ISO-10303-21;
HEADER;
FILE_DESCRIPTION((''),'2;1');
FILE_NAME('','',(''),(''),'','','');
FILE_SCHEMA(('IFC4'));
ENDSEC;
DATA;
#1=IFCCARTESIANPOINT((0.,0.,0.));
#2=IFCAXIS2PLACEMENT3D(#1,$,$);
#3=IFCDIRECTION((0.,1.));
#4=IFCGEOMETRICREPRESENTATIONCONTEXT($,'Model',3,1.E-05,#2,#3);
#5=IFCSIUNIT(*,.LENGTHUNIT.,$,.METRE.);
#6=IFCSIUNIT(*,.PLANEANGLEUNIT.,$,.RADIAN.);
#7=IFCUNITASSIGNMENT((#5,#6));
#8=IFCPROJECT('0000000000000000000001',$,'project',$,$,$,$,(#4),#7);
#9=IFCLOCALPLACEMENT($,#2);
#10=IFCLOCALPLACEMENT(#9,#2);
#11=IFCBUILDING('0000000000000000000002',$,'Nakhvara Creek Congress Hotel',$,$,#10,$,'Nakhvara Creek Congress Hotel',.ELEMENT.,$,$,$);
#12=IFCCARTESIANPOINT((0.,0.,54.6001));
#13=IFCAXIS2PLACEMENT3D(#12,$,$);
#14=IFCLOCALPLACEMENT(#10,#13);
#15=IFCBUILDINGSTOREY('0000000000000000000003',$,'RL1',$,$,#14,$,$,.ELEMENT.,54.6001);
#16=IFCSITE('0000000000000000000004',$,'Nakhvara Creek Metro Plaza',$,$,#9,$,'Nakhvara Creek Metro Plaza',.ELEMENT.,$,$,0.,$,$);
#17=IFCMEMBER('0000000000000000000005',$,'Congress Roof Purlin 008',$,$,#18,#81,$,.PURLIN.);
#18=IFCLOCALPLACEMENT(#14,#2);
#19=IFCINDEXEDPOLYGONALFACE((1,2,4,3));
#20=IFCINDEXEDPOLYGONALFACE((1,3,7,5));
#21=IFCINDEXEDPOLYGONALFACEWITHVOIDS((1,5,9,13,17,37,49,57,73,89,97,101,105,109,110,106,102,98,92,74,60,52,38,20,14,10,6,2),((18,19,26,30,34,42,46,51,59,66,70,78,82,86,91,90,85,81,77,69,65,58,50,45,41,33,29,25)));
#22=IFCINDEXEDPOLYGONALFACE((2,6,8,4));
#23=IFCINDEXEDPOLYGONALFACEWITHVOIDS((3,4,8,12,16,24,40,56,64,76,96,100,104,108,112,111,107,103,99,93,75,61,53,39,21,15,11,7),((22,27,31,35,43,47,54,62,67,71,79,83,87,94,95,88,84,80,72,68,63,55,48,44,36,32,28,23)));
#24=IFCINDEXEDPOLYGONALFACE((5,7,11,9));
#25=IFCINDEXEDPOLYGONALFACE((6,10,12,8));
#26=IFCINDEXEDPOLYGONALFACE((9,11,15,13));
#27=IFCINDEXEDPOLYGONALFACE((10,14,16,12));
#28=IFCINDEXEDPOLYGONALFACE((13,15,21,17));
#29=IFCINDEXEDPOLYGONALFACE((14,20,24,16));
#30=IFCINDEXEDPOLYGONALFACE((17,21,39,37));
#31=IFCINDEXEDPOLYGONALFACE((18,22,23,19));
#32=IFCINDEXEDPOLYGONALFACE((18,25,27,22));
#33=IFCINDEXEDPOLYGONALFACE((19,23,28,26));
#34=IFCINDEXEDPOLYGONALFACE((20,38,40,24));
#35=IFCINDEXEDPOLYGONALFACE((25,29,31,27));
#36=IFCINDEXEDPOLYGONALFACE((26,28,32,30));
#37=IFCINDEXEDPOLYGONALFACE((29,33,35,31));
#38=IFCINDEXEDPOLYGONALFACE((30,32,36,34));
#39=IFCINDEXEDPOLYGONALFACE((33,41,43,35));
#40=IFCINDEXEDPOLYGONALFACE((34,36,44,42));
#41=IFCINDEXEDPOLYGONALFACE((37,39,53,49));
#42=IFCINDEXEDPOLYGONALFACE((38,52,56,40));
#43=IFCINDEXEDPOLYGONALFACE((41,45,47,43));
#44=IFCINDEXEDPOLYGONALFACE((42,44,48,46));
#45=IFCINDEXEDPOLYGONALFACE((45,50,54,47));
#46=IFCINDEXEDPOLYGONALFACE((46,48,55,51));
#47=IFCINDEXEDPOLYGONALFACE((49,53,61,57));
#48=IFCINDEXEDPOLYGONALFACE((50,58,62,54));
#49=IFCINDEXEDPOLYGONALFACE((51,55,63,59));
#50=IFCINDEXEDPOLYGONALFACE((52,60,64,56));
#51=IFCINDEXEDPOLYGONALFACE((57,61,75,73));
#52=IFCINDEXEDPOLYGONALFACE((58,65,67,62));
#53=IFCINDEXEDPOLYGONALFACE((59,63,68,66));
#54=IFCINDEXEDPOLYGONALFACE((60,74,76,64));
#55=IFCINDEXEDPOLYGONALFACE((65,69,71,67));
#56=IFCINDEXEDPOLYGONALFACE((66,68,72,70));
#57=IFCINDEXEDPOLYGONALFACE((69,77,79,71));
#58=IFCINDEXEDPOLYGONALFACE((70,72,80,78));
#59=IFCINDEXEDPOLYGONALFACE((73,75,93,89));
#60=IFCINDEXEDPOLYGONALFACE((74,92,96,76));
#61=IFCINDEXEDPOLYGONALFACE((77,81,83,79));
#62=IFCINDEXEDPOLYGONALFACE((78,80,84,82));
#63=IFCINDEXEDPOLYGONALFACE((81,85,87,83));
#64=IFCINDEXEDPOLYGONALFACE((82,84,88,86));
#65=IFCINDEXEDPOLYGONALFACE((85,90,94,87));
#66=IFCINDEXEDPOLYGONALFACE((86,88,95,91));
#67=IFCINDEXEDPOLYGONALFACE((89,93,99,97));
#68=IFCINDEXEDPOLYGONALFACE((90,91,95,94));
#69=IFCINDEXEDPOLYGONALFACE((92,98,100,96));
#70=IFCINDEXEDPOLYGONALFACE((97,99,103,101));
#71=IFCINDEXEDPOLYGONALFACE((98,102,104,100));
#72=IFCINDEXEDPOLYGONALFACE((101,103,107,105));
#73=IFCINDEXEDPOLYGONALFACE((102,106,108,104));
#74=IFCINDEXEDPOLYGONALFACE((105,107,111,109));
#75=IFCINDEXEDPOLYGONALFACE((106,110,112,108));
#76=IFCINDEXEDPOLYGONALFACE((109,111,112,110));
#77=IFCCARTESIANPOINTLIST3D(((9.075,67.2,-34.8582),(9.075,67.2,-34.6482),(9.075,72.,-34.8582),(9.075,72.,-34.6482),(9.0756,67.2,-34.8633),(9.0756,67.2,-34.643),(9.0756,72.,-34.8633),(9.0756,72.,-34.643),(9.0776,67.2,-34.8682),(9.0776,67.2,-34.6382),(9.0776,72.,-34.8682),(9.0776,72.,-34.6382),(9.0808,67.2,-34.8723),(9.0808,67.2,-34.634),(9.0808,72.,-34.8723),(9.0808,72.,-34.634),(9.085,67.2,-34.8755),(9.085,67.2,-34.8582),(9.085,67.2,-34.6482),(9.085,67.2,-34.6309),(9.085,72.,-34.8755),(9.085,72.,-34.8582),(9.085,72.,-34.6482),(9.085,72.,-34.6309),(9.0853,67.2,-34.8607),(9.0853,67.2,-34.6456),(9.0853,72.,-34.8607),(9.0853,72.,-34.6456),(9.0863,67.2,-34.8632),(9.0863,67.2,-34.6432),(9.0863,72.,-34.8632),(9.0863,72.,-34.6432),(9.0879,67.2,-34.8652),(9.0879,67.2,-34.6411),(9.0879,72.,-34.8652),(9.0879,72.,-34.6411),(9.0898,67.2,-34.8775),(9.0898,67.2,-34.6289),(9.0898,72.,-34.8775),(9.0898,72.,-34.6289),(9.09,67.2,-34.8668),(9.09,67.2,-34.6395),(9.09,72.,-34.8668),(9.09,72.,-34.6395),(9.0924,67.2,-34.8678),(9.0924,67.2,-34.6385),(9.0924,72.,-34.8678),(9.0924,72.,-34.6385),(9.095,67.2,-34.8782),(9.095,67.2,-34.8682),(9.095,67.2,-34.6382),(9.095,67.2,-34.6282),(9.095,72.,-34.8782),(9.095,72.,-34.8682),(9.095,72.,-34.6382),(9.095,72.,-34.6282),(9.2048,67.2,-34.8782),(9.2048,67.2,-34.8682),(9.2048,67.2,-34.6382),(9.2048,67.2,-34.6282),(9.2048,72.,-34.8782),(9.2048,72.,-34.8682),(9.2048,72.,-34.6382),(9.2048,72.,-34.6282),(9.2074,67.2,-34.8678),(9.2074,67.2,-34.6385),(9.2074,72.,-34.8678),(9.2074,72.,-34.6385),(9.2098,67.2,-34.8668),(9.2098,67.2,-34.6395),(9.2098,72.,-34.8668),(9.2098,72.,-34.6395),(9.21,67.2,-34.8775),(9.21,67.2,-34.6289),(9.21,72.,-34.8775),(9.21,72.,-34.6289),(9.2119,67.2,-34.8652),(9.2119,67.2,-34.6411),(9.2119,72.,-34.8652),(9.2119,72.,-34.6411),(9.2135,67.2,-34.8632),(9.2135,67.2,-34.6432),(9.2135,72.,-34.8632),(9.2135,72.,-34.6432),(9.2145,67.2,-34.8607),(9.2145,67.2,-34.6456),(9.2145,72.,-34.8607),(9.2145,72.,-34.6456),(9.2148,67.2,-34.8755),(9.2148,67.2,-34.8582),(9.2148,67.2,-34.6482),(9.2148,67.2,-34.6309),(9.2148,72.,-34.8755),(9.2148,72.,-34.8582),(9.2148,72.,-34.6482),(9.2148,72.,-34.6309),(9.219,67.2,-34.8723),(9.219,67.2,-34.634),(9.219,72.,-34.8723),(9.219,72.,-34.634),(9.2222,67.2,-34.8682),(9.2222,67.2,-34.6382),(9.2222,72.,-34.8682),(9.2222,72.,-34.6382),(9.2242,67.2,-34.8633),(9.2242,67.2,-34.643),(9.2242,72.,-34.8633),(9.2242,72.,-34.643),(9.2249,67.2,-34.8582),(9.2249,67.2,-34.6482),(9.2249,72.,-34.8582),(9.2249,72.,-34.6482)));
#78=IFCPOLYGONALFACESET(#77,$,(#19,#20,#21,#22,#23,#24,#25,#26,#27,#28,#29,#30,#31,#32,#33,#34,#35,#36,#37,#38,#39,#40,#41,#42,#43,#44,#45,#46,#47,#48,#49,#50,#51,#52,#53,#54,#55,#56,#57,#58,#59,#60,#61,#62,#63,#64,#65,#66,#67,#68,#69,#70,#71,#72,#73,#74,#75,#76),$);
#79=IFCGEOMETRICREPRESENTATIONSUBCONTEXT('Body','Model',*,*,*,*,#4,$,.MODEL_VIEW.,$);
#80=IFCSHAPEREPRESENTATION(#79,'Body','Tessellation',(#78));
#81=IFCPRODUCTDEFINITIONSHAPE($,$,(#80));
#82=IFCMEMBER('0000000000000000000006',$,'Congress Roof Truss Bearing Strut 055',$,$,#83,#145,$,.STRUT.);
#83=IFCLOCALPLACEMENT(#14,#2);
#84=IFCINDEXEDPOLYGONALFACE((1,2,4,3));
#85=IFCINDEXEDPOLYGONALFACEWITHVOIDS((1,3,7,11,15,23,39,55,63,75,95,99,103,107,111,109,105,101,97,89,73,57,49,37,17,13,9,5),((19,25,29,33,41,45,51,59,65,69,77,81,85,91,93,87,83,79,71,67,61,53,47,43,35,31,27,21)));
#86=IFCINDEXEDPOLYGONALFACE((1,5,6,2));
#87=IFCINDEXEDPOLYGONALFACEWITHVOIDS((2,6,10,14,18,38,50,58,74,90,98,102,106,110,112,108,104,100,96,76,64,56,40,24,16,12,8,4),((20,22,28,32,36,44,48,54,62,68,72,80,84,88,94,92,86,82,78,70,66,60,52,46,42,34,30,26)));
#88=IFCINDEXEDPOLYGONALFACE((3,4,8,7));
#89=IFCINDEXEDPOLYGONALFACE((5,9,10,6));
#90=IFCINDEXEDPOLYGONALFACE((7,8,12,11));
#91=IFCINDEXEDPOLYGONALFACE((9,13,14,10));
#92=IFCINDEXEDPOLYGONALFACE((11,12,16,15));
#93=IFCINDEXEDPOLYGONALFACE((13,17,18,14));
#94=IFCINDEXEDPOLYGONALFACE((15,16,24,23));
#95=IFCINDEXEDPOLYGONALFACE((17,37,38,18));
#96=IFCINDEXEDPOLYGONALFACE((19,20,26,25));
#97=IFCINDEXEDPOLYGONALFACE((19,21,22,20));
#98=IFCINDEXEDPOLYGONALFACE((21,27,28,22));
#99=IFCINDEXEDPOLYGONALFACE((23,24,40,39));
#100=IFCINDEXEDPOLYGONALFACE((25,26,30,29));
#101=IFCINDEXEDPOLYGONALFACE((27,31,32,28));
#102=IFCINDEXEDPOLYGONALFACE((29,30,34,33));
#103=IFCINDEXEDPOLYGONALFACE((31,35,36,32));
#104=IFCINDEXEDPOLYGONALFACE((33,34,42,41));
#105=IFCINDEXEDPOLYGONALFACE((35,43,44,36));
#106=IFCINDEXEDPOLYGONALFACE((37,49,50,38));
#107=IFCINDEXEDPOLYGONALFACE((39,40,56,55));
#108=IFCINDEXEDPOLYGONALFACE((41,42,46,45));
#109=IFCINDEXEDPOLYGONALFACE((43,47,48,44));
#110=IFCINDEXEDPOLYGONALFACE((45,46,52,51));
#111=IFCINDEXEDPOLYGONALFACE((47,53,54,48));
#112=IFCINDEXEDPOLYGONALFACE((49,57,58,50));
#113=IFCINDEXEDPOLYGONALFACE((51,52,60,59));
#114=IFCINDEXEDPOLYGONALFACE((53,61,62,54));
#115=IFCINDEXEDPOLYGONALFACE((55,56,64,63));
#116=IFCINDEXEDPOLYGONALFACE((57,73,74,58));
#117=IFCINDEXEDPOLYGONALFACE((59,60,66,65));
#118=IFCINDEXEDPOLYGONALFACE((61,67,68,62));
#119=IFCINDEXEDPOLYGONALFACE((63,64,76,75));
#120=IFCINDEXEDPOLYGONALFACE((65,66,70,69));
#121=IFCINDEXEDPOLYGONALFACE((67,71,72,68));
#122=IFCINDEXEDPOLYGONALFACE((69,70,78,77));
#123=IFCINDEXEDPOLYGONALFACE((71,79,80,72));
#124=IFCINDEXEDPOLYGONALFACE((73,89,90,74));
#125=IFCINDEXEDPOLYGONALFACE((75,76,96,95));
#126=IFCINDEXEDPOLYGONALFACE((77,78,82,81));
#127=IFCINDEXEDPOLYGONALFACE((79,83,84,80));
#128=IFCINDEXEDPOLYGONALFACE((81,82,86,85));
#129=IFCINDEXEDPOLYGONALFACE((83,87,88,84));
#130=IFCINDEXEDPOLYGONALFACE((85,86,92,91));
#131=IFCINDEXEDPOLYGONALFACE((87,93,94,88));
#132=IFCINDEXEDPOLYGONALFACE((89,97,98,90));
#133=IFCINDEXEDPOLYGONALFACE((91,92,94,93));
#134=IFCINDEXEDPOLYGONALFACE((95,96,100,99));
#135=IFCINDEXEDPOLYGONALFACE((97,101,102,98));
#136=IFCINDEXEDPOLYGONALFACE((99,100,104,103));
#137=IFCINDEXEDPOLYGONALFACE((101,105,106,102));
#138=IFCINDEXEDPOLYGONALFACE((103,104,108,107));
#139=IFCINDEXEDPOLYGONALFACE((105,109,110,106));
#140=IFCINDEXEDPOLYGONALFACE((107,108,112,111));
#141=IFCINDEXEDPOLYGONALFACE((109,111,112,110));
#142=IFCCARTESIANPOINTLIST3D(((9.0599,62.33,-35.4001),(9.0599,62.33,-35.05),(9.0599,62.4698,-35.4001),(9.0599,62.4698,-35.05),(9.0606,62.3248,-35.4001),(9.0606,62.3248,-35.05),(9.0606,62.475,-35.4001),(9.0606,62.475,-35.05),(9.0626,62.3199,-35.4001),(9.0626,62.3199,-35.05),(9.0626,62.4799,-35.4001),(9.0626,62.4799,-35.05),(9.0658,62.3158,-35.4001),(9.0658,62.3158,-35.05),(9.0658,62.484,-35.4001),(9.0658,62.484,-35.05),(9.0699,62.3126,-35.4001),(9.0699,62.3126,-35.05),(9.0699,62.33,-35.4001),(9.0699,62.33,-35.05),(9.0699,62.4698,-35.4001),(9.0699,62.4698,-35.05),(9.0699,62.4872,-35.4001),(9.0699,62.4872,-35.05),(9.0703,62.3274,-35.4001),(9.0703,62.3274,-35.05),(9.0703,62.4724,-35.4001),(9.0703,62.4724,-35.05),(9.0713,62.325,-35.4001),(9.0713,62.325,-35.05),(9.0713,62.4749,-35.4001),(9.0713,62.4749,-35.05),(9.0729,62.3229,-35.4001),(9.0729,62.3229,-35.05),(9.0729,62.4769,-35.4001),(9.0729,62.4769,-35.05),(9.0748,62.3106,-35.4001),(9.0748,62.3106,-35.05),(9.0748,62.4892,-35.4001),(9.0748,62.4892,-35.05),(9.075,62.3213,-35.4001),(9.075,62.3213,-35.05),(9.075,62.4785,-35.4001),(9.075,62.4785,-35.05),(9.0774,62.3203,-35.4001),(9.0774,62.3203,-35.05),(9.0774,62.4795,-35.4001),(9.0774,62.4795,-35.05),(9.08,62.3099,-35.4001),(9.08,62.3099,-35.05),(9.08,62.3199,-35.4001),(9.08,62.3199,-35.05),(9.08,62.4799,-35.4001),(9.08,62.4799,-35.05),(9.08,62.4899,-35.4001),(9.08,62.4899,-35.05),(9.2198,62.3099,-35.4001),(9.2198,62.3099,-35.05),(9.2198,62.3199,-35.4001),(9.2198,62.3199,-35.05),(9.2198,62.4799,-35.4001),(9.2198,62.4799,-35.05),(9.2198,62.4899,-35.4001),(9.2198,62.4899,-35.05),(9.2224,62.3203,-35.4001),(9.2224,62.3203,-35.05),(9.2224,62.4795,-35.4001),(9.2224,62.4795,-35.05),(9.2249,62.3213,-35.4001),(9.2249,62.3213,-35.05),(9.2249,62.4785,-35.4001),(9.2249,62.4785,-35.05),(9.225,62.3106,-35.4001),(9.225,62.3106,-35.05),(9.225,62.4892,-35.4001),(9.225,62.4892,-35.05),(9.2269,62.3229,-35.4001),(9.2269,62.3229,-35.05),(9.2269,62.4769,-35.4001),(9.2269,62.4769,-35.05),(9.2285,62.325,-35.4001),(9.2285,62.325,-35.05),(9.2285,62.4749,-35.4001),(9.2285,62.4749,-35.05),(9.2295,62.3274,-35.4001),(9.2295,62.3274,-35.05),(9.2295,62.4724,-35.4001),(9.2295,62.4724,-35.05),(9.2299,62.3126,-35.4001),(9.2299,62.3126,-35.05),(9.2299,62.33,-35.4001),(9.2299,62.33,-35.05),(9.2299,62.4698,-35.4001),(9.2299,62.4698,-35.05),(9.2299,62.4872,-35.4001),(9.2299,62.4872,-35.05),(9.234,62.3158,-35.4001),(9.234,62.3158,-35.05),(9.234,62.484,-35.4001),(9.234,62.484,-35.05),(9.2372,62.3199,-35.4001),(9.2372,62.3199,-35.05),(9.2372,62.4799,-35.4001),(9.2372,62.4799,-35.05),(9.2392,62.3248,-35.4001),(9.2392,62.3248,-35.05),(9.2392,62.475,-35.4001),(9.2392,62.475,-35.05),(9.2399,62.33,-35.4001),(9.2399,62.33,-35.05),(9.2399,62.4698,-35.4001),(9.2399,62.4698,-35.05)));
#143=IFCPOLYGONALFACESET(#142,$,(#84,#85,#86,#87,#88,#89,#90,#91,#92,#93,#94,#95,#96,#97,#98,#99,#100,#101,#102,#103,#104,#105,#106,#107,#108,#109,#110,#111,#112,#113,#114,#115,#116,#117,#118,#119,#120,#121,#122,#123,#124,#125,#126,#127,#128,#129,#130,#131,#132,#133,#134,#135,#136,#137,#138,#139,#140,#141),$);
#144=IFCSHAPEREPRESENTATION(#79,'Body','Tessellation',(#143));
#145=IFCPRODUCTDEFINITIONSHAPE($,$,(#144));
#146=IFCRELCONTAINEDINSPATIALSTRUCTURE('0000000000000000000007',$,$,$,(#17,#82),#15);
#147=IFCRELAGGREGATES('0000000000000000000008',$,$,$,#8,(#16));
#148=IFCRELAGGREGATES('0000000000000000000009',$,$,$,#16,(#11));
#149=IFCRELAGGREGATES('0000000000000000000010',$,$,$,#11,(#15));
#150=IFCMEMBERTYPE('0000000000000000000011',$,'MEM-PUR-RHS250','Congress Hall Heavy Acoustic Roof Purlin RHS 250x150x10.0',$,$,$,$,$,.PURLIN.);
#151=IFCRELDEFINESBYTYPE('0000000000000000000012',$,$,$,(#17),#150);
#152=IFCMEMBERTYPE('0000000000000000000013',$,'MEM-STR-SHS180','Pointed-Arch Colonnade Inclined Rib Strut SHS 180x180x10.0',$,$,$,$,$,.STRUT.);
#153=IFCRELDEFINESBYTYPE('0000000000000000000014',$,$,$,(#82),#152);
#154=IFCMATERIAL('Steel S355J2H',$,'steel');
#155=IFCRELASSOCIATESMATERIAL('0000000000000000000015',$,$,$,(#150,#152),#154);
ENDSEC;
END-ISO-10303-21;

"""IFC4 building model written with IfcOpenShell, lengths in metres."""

from ifc_helpers import new_model, si_unit, direction, frame, origin, origin_2d, place, context, subcontext, project, spatial, hollow_rectangle, extrude, material, material_profile, profile_set, type_object, element, save


model = new_model("IFC4")

# Units and contexts
model_context = context("Model", 3, precision=1e-05, world=origin(), true_north=direction((0.0, 1.0)))
body_context = subcontext(model_context, "Body", "Model", "MODEL_VIEW")
ifc_project = project(units=[si_unit("LENGTHUNIT", "METRE"), si_unit("PLANEANGLEUNIT", "RADIAN")], contexts=[model_context])

# Site, building, storey
site_placement = place(None, origin())
site = spatial("IfcSite", under=ifc_project, at=site_placement, Name="Nakhvara Creek Metro Plaza", LongName="Nakhvara Creek Metro Plaza", CompositionType="ELEMENT", RefElevation=0.0)
building_placement = place(site_placement, origin())
building = spatial("IfcBuilding", under=site, at=building_placement, Name="Nakhvara Creek Congress Hotel", LongName="Nakhvara Creek Congress Hotel", CompositionType="ELEMENT")
storey_placement = place(building_placement, frame((0.0, 0.0, 54.6001)))
storey = spatial("IfcBuildingStorey", under=building, at=storey_placement, Name="RL1", CompositionType="ELEMENT", Elevation=54.6001)

# Members
ifc_material_1 = material(Name="Steel S355J2H", Category="steel")
ifc_material_profile_1 = material_profile(ifc_material_1, hollow_rectangle(XDim=0.1499, YDim=0.25, WallThickness=0.01, InnerFilletRadius=0.01, OuterFilletRadius=0.02, at=origin_2d()), Name="RHS 250x150x10.0", Category="LoadBearing")
ifc_profile_set_1 = profile_set([ifc_material_profile_1], Name="Steel S355J2H")
member_type_1 = type_object("IfcMemberType", Name="MEM-PUR-RHS250", Description="Congress Hall Heavy Acoustic Roof Purlin RHS 250x150x10.0", PredefinedType="PURLIN", material=ifc_profile_set_1)
for number, where, z_axis, x_axis, name in (
    (1, (9.1499, 67.2, -34.7532), (0.0, 1.0, 0.0), (-1.0, 0.0, 0.0), "Congress Roof Purlin 008"),
):
    element("IfcMember", number, at=place(storey_placement, frame(where, z_axis=z_axis, x_axis=x_axis)), inside=storey, type_object=member_type_1, Name=name, PredefinedType="PURLIN", context=body_context, shape_type="SweptSolid", body=[
        extrude(hollow_rectangle(XDim=0.1499, YDim=0.25, WallThickness=0.01, InnerFilletRadius=0.01, OuterFilletRadius=0.02, at=origin_2d()), origin(), (0.0, 0.0, 1.0), 4.8),
    ])
ifc_material_profile_2 = material_profile(ifc_material_1, hollow_rectangle(XDim=0.1799, YDim=0.1799, WallThickness=0.01, InnerFilletRadius=0.01, OuterFilletRadius=0.02, at=origin_2d()), Name="SHS 180x180x10.0", Category="LoadBearing")
ifc_profile_set_2 = profile_set([ifc_material_profile_2], Name="Steel S355J2H")
member_type_2 = type_object("IfcMemberType", Name="MEM-STR-SHS180", Description="Pointed-Arch Colonnade Inclined Rib Strut SHS 180x180x10.0", PredefinedType="STRUT", material=ifc_profile_set_2)
for number, where, z_axis, x_axis, name in (
    (2, (9.1499, 62.3999, -35.4001), (0.0, 0.0, 1.0), (1.0, 0.0, 0.0), "Congress Roof Truss Bearing Strut 055"),
):
    element("IfcMember", number, at=place(storey_placement, frame(where, z_axis=z_axis, x_axis=x_axis)), inside=storey, type_object=member_type_2, Name=name, PredefinedType="STRUT", context=body_context, shape_type="SweptSolid", body=[
        extrude(hollow_rectangle(XDim=0.1799, YDim=0.1799, WallThickness=0.01, InnerFilletRadius=0.01, OuterFilletRadius=0.02, at=origin_2d()), origin(), (0.0, 0.0, 1.0), 0.3501),
    ])

save(model, "model.ifc")
